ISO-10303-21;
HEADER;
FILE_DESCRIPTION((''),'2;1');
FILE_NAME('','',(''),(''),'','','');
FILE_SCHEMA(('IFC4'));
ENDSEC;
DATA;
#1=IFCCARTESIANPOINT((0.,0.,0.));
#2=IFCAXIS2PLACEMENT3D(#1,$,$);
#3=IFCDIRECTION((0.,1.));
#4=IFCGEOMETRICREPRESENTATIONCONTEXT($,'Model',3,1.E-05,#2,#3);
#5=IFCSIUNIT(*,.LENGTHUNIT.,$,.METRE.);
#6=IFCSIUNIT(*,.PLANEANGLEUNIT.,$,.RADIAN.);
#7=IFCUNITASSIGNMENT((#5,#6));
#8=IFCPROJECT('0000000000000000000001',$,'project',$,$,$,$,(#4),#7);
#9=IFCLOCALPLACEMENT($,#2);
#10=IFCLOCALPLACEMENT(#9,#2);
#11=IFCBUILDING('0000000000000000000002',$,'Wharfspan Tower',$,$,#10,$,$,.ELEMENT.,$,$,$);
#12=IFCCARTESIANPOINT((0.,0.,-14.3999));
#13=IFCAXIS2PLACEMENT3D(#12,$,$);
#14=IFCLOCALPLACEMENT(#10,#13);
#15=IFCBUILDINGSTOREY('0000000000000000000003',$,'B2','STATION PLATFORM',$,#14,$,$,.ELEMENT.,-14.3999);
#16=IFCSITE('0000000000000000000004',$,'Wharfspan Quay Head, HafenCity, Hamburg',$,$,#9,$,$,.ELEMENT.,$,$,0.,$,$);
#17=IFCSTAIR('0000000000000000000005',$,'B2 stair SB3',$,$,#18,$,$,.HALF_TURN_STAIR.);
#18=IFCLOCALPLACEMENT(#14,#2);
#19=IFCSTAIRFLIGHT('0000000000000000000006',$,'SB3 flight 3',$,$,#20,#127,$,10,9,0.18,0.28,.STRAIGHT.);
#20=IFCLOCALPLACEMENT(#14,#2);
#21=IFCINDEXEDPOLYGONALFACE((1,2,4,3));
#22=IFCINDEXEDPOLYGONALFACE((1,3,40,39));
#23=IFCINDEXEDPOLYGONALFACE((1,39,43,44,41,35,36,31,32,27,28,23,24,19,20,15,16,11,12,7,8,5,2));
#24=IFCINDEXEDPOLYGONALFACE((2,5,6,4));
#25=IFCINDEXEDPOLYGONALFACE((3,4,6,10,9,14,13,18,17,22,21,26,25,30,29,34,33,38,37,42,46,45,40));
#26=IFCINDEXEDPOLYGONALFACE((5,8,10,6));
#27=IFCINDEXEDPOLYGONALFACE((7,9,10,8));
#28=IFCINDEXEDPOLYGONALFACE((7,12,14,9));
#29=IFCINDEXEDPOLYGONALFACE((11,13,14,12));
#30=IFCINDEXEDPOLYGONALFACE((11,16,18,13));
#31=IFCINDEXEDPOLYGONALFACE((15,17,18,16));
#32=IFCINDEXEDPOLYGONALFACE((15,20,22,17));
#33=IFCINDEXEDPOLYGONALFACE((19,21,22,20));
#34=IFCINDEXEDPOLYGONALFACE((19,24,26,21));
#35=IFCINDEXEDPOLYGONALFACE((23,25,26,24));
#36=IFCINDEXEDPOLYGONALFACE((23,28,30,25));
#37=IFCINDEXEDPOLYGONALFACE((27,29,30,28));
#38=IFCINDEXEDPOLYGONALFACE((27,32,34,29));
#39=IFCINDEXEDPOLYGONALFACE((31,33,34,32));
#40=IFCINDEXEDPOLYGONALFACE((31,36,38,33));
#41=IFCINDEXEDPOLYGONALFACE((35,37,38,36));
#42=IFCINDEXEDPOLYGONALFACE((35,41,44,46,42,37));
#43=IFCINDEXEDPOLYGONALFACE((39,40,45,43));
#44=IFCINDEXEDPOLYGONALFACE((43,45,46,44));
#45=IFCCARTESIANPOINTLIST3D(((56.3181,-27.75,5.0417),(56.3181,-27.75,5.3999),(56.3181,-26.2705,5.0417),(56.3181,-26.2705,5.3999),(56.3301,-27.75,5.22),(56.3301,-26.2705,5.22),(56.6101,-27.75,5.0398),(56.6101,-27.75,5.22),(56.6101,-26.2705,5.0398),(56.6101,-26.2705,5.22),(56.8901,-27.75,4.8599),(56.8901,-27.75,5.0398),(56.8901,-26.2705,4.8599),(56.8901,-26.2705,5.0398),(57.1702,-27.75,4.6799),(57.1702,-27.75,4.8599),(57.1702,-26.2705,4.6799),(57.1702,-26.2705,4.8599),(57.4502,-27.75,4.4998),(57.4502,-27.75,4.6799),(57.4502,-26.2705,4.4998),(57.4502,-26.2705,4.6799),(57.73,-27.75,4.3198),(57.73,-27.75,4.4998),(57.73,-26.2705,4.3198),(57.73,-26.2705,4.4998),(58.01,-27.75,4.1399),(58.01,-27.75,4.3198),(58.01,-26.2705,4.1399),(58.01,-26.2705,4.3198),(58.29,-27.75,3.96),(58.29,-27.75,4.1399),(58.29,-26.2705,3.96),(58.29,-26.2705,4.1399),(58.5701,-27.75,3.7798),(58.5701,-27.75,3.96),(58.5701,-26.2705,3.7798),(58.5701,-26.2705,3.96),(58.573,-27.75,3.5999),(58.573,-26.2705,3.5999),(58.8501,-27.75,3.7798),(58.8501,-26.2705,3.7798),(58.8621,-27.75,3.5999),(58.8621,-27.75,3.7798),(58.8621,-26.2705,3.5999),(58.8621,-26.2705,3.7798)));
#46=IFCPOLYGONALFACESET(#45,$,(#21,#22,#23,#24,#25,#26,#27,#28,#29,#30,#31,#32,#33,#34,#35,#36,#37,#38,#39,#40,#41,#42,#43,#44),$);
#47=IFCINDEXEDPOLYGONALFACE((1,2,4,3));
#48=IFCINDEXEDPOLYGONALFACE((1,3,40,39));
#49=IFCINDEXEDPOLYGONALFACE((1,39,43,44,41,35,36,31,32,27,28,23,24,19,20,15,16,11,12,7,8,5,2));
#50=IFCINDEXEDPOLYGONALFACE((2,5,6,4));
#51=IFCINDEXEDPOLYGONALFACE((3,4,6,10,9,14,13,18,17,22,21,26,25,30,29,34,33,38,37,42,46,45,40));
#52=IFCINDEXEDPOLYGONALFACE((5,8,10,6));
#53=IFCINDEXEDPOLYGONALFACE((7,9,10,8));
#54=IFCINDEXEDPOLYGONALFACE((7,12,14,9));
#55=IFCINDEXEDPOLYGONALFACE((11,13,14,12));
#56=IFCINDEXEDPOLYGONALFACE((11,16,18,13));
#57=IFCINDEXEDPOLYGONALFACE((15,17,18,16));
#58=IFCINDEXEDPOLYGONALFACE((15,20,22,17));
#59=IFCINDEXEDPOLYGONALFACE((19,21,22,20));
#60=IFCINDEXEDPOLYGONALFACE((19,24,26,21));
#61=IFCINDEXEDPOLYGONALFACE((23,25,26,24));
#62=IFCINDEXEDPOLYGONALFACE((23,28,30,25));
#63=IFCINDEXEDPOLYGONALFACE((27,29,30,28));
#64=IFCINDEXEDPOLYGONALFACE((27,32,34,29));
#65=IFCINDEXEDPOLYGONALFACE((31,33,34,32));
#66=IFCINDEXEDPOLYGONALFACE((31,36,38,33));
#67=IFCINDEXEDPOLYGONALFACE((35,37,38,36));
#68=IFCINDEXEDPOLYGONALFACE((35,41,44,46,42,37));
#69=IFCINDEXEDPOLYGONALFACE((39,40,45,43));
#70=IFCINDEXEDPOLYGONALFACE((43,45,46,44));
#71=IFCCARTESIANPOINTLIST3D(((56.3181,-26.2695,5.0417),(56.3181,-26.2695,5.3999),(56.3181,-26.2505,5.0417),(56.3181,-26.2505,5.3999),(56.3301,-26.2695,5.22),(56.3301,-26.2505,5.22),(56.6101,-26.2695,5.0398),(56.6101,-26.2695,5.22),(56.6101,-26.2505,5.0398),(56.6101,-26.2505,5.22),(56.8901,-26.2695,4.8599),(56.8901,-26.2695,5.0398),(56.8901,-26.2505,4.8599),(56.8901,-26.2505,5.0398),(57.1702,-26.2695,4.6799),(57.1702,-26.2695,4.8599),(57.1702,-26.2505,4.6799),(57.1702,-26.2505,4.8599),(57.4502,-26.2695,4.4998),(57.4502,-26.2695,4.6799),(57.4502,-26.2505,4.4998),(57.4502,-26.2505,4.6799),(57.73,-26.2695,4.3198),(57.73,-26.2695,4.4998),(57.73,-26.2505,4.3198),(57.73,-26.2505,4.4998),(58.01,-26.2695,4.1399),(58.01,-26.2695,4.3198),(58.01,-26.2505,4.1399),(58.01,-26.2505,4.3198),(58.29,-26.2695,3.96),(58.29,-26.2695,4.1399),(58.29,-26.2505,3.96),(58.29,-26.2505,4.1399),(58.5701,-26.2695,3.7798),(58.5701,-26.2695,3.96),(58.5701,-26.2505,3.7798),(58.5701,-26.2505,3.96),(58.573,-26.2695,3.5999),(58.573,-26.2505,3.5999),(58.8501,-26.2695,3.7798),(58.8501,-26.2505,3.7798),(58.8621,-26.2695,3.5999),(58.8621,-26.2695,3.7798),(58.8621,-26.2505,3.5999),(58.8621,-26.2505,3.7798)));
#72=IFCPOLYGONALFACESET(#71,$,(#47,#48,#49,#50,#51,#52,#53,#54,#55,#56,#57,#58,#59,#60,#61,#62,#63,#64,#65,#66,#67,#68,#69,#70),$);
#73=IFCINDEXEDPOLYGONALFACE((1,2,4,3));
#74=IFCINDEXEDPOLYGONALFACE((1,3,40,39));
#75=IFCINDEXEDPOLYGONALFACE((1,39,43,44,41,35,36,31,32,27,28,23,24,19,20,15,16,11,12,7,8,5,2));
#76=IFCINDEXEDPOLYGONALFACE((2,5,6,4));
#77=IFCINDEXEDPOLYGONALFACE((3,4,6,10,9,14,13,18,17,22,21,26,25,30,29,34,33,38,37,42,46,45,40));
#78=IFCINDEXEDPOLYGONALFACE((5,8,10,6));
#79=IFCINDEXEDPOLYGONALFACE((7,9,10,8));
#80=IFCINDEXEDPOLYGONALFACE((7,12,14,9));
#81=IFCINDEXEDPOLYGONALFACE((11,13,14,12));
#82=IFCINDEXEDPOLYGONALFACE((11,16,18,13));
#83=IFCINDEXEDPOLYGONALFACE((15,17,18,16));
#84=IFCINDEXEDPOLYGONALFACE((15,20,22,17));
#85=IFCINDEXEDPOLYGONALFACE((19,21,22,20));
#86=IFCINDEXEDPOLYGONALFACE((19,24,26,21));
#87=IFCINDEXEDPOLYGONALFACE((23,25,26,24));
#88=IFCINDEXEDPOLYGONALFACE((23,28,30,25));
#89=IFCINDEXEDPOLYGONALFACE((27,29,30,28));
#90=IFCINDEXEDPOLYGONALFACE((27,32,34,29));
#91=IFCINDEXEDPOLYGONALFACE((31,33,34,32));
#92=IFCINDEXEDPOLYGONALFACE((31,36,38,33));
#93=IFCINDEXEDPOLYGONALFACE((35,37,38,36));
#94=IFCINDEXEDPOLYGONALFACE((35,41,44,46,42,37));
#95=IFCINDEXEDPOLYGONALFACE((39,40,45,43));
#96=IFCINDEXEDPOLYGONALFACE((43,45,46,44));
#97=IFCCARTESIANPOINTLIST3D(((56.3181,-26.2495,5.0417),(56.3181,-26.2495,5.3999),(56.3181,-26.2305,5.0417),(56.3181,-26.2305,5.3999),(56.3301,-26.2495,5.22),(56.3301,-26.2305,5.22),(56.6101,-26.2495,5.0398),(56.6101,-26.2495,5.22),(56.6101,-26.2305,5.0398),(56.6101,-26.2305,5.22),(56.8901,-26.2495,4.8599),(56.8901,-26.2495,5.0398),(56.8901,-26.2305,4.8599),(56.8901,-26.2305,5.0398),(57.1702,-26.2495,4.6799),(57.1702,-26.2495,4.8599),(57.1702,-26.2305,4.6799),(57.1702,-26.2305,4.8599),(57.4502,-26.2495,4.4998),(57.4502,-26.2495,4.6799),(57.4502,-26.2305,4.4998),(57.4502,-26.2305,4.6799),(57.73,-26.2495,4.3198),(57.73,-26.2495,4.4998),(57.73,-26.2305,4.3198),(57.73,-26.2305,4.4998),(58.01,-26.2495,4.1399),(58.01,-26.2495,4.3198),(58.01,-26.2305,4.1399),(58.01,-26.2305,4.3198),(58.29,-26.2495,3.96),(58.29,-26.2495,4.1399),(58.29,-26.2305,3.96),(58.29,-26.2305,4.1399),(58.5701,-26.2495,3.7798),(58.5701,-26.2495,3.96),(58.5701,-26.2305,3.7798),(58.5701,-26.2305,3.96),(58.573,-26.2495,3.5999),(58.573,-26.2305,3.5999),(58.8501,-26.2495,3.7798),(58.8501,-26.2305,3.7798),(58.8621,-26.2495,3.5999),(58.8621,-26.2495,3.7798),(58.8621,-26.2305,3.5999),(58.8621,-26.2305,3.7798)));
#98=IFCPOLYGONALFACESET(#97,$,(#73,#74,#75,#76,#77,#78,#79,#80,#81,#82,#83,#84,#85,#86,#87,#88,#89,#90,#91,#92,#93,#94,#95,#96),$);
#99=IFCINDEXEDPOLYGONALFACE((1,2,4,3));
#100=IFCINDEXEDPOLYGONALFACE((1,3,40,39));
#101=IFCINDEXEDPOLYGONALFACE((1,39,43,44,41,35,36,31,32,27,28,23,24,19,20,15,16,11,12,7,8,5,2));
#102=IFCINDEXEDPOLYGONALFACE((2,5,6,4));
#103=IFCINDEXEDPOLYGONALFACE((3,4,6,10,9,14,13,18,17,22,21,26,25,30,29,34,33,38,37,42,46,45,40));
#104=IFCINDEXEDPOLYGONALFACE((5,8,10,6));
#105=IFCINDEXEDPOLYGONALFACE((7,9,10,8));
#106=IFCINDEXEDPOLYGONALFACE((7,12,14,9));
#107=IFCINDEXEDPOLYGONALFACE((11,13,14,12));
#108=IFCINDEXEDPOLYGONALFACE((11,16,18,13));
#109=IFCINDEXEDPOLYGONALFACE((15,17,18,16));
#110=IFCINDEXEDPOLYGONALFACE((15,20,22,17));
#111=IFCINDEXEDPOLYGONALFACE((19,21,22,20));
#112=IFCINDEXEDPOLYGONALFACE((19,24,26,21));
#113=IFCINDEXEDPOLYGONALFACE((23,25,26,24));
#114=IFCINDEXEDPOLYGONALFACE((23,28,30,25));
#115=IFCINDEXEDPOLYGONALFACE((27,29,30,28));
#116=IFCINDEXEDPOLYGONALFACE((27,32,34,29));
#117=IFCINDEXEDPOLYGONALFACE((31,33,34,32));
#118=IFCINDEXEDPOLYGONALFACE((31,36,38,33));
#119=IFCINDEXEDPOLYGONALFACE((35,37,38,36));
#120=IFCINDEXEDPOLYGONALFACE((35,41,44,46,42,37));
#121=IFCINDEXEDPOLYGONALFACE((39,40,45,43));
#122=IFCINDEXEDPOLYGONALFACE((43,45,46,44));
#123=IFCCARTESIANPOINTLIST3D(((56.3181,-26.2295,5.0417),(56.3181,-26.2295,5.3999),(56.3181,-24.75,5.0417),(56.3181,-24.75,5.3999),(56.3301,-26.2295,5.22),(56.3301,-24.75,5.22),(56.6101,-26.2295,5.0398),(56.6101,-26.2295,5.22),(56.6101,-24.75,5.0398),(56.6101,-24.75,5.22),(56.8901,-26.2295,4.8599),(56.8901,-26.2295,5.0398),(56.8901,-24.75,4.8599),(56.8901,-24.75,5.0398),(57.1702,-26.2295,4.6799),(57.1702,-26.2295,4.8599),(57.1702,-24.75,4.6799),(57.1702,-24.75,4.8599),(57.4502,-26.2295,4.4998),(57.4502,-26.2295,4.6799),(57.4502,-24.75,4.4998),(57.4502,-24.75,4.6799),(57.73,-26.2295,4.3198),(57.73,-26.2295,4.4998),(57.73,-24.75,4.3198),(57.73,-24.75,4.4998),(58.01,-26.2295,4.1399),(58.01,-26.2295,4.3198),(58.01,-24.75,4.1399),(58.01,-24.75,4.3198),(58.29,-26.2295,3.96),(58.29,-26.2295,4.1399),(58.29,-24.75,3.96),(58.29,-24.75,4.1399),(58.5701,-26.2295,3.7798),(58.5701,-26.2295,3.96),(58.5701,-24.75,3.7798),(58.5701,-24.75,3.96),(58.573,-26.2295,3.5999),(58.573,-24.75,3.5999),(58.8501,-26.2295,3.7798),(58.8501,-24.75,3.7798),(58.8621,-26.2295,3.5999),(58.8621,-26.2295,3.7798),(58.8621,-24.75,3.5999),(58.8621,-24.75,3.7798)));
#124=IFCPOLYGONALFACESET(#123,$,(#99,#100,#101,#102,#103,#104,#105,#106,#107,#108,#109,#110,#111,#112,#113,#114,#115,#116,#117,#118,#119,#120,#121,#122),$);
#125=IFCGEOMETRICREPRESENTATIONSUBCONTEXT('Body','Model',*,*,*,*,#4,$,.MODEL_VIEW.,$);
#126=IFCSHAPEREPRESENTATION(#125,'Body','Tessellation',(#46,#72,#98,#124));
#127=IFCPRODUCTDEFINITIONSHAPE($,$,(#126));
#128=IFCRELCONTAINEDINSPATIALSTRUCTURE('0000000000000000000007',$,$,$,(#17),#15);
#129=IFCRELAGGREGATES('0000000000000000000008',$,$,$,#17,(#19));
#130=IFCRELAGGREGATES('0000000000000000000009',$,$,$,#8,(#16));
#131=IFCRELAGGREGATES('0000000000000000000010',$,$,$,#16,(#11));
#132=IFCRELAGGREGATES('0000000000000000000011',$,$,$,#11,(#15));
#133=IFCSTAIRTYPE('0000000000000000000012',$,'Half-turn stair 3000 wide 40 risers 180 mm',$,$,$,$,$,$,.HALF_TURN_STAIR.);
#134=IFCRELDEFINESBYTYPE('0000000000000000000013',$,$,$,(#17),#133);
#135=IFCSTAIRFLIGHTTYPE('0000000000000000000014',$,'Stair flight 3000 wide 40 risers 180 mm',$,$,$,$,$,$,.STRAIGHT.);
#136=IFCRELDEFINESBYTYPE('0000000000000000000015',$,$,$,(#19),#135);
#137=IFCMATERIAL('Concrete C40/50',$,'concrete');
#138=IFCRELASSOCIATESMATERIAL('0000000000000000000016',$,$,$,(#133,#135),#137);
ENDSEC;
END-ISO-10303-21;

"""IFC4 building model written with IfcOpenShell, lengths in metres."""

from ifc_helpers import new_model, si_unit, direction, frame, origin, place, context, subcontext, project, spatial, polyline, outline, extrude, material, type_object, element, aggregate, save


model = new_model("IFC4")

# Units and contexts
model_context = context("Model", 3, precision=1e-05, world=origin(), true_north=direction((0.0, 1.0)))
body_context = subcontext(model_context, "Body", "Model", "MODEL_VIEW")
ifc_project = project(units=[si_unit("LENGTHUNIT", "METRE"), si_unit("PLANEANGLEUNIT", "RADIAN")], contexts=[model_context])

# Site, building, storey
site_placement = place(None, origin())
site = spatial("IfcSite", under=ifc_project, at=site_placement, Name="Wharfspan Quay Head, HafenCity, Hamburg", CompositionType="ELEMENT", RefElevation=0.0)
building_placement = place(site_placement, origin())
building = spatial("IfcBuilding", under=site, at=building_placement, Name="Wharfspan Tower", CompositionType="ELEMENT")
storey_placement = place(building_placement, frame((0.0, 0.0, -14.3999)))
storey = spatial("IfcBuildingStorey", under=building, at=storey_placement, Name="B2", Description="STATION PLATFORM", CompositionType="ELEMENT", Elevation=-14.3999)

# Shared definitions
ifc_material_1 = material(Name="Concrete C40/50", Category="concrete")

# Stair, stair flight
stair_type = type_object("IfcStairType", Name="Half-turn stair 3000 wide 40 risers 180 mm", PredefinedType="HALF_TURN_STAIR", material=ifc_material_1)
stair_1_placement = place(storey_placement, origin())
stair_1 = element("IfcStair", 1, at=stair_1_placement, inside=storey, type_object=stair_type, Name="B2 stair SB3", PredefinedType="HALF_TURN_STAIR")
stair_flight_type = type_object("IfcStairFlightType", Name="Stair flight 3000 wide 40 risers 180 mm", PredefinedType="STRAIGHT", material=ifc_material_1)
stair_flight_1_placement = place(storey_placement, frame((58.8501, -26.25, 3.5999), z_axis=(0.0, 0.0, 1.0), x_axis=(-1.0, 0.0, 0.0)))
stair_flight_1 = element("IfcStairFlight", 2, at=stair_flight_1_placement, type_object=stair_flight_type, Name="SB3 flight 3", NumberOfRisers=10, NumberOfTreads=9, PredefinedType="STRAIGHT", RiserHeight=0.18, TreadLength=0.28, context=body_context, shape_type="SweptSolid", body=[
    extrude(outline(polyline([(-0.012, 0.0), (-0.012, 0.1799), (0.0, 0.1799), (0.28, 0.1799), (0.28, 0.3601), (0.5601, 0.3601), (0.5601, 0.54), (0.8401, 0.54), (0.8401, 0.72), (1.1201, 0.72), (1.1201, 0.8999), (1.3999, 0.8999), (1.3999, 1.0801), (1.6799, 1.0801), (1.6799, 1.26), (1.96, 1.26), (1.96, 1.4399), (2.24, 1.4399), (2.24, 1.6201), (2.52, 1.6201), (2.532, 1.8), (2.532, 1.4419), (0.2771, 0.0), (-0.012, 0.0)])), frame((0.0, 1.5, 0.0), z_axis=(0.0, -1.0, 0.0), x_axis=(1.0, 0.0, 0.0)), (0.0, 0.0, 1.0), 1.4795),
    extrude(outline(polyline([(-0.012, 0.0), (-0.012, 0.1799), (0.0, 0.1799), (0.28, 0.1799), (0.28, 0.3601), (0.5601, 0.3601), (0.5601, 0.54), (0.8401, 0.54), (0.8401, 0.72), (1.1201, 0.72), (1.1201, 0.8999), (1.3999, 0.8999), (1.3999, 1.0801), (1.6799, 1.0801), (1.6799, 1.26), (1.96, 1.26), (1.96, 1.4399), (2.24, 1.4399), (2.24, 1.6201), (2.52, 1.6201), (2.532, 1.8), (2.532, 1.4419), (0.2771, 0.0), (-0.012, 0.0)])), frame((0.0, 0.0195, 0.0), z_axis=(0.0, -1.0, 0.0), x_axis=(1.0, 0.0, 0.0)), (0.0, 0.0, 1.0), 0.019),
    extrude(outline(polyline([(-0.012, 0.0), (-0.012, 0.1799), (0.0, 0.1799), (0.28, 0.1799), (0.28, 0.3601), (0.5601, 0.3601), (0.5601, 0.54), (0.8401, 0.54), (0.8401, 0.72), (1.1201, 0.72), (1.1201, 0.8999), (1.3999, 0.8999), (1.3999, 1.0801), (1.6799, 1.0801), (1.6799, 1.26), (1.96, 1.26), (1.96, 1.4399), (2.24, 1.4399), (2.24, 1.6201), (2.52, 1.6201), (2.532, 1.8), (2.532, 1.4419), (0.2771, 0.0), (-0.012, 0.0)])), frame((0.0, -0.0005, 0.0), z_axis=(0.0, -1.0, 0.0), x_axis=(1.0, 0.0, 0.0)), (0.0, 0.0, 1.0), 0.019),
    extrude(outline(polyline([(-0.012, 0.0), (-0.012, 0.1799), (0.0, 0.1799), (0.28, 0.1799), (0.28, 0.3601), (0.5601, 0.3601), (0.5601, 0.54), (0.8401, 0.54), (0.8401, 0.72), (1.1201, 0.72), (1.1201, 0.8999), (1.3999, 0.8999), (1.3999, 1.0801), (1.6799, 1.0801), (1.6799, 1.26), (1.96, 1.26), (1.96, 1.4399), (2.24, 1.4399), (2.24, 1.6201), (2.52, 1.6201), (2.532, 1.8), (2.532, 1.4419), (0.2771, 0.0), (-0.012, 0.0)])), frame((0.0, -0.0205, 0.0), z_axis=(0.0, -1.0, 0.0), x_axis=(1.0, 0.0, 0.0)), (0.0, 0.0, 1.0), 1.4795),
])
aggregate(stair_1, [stair_flight_1])

save(model, "model.ifc")
